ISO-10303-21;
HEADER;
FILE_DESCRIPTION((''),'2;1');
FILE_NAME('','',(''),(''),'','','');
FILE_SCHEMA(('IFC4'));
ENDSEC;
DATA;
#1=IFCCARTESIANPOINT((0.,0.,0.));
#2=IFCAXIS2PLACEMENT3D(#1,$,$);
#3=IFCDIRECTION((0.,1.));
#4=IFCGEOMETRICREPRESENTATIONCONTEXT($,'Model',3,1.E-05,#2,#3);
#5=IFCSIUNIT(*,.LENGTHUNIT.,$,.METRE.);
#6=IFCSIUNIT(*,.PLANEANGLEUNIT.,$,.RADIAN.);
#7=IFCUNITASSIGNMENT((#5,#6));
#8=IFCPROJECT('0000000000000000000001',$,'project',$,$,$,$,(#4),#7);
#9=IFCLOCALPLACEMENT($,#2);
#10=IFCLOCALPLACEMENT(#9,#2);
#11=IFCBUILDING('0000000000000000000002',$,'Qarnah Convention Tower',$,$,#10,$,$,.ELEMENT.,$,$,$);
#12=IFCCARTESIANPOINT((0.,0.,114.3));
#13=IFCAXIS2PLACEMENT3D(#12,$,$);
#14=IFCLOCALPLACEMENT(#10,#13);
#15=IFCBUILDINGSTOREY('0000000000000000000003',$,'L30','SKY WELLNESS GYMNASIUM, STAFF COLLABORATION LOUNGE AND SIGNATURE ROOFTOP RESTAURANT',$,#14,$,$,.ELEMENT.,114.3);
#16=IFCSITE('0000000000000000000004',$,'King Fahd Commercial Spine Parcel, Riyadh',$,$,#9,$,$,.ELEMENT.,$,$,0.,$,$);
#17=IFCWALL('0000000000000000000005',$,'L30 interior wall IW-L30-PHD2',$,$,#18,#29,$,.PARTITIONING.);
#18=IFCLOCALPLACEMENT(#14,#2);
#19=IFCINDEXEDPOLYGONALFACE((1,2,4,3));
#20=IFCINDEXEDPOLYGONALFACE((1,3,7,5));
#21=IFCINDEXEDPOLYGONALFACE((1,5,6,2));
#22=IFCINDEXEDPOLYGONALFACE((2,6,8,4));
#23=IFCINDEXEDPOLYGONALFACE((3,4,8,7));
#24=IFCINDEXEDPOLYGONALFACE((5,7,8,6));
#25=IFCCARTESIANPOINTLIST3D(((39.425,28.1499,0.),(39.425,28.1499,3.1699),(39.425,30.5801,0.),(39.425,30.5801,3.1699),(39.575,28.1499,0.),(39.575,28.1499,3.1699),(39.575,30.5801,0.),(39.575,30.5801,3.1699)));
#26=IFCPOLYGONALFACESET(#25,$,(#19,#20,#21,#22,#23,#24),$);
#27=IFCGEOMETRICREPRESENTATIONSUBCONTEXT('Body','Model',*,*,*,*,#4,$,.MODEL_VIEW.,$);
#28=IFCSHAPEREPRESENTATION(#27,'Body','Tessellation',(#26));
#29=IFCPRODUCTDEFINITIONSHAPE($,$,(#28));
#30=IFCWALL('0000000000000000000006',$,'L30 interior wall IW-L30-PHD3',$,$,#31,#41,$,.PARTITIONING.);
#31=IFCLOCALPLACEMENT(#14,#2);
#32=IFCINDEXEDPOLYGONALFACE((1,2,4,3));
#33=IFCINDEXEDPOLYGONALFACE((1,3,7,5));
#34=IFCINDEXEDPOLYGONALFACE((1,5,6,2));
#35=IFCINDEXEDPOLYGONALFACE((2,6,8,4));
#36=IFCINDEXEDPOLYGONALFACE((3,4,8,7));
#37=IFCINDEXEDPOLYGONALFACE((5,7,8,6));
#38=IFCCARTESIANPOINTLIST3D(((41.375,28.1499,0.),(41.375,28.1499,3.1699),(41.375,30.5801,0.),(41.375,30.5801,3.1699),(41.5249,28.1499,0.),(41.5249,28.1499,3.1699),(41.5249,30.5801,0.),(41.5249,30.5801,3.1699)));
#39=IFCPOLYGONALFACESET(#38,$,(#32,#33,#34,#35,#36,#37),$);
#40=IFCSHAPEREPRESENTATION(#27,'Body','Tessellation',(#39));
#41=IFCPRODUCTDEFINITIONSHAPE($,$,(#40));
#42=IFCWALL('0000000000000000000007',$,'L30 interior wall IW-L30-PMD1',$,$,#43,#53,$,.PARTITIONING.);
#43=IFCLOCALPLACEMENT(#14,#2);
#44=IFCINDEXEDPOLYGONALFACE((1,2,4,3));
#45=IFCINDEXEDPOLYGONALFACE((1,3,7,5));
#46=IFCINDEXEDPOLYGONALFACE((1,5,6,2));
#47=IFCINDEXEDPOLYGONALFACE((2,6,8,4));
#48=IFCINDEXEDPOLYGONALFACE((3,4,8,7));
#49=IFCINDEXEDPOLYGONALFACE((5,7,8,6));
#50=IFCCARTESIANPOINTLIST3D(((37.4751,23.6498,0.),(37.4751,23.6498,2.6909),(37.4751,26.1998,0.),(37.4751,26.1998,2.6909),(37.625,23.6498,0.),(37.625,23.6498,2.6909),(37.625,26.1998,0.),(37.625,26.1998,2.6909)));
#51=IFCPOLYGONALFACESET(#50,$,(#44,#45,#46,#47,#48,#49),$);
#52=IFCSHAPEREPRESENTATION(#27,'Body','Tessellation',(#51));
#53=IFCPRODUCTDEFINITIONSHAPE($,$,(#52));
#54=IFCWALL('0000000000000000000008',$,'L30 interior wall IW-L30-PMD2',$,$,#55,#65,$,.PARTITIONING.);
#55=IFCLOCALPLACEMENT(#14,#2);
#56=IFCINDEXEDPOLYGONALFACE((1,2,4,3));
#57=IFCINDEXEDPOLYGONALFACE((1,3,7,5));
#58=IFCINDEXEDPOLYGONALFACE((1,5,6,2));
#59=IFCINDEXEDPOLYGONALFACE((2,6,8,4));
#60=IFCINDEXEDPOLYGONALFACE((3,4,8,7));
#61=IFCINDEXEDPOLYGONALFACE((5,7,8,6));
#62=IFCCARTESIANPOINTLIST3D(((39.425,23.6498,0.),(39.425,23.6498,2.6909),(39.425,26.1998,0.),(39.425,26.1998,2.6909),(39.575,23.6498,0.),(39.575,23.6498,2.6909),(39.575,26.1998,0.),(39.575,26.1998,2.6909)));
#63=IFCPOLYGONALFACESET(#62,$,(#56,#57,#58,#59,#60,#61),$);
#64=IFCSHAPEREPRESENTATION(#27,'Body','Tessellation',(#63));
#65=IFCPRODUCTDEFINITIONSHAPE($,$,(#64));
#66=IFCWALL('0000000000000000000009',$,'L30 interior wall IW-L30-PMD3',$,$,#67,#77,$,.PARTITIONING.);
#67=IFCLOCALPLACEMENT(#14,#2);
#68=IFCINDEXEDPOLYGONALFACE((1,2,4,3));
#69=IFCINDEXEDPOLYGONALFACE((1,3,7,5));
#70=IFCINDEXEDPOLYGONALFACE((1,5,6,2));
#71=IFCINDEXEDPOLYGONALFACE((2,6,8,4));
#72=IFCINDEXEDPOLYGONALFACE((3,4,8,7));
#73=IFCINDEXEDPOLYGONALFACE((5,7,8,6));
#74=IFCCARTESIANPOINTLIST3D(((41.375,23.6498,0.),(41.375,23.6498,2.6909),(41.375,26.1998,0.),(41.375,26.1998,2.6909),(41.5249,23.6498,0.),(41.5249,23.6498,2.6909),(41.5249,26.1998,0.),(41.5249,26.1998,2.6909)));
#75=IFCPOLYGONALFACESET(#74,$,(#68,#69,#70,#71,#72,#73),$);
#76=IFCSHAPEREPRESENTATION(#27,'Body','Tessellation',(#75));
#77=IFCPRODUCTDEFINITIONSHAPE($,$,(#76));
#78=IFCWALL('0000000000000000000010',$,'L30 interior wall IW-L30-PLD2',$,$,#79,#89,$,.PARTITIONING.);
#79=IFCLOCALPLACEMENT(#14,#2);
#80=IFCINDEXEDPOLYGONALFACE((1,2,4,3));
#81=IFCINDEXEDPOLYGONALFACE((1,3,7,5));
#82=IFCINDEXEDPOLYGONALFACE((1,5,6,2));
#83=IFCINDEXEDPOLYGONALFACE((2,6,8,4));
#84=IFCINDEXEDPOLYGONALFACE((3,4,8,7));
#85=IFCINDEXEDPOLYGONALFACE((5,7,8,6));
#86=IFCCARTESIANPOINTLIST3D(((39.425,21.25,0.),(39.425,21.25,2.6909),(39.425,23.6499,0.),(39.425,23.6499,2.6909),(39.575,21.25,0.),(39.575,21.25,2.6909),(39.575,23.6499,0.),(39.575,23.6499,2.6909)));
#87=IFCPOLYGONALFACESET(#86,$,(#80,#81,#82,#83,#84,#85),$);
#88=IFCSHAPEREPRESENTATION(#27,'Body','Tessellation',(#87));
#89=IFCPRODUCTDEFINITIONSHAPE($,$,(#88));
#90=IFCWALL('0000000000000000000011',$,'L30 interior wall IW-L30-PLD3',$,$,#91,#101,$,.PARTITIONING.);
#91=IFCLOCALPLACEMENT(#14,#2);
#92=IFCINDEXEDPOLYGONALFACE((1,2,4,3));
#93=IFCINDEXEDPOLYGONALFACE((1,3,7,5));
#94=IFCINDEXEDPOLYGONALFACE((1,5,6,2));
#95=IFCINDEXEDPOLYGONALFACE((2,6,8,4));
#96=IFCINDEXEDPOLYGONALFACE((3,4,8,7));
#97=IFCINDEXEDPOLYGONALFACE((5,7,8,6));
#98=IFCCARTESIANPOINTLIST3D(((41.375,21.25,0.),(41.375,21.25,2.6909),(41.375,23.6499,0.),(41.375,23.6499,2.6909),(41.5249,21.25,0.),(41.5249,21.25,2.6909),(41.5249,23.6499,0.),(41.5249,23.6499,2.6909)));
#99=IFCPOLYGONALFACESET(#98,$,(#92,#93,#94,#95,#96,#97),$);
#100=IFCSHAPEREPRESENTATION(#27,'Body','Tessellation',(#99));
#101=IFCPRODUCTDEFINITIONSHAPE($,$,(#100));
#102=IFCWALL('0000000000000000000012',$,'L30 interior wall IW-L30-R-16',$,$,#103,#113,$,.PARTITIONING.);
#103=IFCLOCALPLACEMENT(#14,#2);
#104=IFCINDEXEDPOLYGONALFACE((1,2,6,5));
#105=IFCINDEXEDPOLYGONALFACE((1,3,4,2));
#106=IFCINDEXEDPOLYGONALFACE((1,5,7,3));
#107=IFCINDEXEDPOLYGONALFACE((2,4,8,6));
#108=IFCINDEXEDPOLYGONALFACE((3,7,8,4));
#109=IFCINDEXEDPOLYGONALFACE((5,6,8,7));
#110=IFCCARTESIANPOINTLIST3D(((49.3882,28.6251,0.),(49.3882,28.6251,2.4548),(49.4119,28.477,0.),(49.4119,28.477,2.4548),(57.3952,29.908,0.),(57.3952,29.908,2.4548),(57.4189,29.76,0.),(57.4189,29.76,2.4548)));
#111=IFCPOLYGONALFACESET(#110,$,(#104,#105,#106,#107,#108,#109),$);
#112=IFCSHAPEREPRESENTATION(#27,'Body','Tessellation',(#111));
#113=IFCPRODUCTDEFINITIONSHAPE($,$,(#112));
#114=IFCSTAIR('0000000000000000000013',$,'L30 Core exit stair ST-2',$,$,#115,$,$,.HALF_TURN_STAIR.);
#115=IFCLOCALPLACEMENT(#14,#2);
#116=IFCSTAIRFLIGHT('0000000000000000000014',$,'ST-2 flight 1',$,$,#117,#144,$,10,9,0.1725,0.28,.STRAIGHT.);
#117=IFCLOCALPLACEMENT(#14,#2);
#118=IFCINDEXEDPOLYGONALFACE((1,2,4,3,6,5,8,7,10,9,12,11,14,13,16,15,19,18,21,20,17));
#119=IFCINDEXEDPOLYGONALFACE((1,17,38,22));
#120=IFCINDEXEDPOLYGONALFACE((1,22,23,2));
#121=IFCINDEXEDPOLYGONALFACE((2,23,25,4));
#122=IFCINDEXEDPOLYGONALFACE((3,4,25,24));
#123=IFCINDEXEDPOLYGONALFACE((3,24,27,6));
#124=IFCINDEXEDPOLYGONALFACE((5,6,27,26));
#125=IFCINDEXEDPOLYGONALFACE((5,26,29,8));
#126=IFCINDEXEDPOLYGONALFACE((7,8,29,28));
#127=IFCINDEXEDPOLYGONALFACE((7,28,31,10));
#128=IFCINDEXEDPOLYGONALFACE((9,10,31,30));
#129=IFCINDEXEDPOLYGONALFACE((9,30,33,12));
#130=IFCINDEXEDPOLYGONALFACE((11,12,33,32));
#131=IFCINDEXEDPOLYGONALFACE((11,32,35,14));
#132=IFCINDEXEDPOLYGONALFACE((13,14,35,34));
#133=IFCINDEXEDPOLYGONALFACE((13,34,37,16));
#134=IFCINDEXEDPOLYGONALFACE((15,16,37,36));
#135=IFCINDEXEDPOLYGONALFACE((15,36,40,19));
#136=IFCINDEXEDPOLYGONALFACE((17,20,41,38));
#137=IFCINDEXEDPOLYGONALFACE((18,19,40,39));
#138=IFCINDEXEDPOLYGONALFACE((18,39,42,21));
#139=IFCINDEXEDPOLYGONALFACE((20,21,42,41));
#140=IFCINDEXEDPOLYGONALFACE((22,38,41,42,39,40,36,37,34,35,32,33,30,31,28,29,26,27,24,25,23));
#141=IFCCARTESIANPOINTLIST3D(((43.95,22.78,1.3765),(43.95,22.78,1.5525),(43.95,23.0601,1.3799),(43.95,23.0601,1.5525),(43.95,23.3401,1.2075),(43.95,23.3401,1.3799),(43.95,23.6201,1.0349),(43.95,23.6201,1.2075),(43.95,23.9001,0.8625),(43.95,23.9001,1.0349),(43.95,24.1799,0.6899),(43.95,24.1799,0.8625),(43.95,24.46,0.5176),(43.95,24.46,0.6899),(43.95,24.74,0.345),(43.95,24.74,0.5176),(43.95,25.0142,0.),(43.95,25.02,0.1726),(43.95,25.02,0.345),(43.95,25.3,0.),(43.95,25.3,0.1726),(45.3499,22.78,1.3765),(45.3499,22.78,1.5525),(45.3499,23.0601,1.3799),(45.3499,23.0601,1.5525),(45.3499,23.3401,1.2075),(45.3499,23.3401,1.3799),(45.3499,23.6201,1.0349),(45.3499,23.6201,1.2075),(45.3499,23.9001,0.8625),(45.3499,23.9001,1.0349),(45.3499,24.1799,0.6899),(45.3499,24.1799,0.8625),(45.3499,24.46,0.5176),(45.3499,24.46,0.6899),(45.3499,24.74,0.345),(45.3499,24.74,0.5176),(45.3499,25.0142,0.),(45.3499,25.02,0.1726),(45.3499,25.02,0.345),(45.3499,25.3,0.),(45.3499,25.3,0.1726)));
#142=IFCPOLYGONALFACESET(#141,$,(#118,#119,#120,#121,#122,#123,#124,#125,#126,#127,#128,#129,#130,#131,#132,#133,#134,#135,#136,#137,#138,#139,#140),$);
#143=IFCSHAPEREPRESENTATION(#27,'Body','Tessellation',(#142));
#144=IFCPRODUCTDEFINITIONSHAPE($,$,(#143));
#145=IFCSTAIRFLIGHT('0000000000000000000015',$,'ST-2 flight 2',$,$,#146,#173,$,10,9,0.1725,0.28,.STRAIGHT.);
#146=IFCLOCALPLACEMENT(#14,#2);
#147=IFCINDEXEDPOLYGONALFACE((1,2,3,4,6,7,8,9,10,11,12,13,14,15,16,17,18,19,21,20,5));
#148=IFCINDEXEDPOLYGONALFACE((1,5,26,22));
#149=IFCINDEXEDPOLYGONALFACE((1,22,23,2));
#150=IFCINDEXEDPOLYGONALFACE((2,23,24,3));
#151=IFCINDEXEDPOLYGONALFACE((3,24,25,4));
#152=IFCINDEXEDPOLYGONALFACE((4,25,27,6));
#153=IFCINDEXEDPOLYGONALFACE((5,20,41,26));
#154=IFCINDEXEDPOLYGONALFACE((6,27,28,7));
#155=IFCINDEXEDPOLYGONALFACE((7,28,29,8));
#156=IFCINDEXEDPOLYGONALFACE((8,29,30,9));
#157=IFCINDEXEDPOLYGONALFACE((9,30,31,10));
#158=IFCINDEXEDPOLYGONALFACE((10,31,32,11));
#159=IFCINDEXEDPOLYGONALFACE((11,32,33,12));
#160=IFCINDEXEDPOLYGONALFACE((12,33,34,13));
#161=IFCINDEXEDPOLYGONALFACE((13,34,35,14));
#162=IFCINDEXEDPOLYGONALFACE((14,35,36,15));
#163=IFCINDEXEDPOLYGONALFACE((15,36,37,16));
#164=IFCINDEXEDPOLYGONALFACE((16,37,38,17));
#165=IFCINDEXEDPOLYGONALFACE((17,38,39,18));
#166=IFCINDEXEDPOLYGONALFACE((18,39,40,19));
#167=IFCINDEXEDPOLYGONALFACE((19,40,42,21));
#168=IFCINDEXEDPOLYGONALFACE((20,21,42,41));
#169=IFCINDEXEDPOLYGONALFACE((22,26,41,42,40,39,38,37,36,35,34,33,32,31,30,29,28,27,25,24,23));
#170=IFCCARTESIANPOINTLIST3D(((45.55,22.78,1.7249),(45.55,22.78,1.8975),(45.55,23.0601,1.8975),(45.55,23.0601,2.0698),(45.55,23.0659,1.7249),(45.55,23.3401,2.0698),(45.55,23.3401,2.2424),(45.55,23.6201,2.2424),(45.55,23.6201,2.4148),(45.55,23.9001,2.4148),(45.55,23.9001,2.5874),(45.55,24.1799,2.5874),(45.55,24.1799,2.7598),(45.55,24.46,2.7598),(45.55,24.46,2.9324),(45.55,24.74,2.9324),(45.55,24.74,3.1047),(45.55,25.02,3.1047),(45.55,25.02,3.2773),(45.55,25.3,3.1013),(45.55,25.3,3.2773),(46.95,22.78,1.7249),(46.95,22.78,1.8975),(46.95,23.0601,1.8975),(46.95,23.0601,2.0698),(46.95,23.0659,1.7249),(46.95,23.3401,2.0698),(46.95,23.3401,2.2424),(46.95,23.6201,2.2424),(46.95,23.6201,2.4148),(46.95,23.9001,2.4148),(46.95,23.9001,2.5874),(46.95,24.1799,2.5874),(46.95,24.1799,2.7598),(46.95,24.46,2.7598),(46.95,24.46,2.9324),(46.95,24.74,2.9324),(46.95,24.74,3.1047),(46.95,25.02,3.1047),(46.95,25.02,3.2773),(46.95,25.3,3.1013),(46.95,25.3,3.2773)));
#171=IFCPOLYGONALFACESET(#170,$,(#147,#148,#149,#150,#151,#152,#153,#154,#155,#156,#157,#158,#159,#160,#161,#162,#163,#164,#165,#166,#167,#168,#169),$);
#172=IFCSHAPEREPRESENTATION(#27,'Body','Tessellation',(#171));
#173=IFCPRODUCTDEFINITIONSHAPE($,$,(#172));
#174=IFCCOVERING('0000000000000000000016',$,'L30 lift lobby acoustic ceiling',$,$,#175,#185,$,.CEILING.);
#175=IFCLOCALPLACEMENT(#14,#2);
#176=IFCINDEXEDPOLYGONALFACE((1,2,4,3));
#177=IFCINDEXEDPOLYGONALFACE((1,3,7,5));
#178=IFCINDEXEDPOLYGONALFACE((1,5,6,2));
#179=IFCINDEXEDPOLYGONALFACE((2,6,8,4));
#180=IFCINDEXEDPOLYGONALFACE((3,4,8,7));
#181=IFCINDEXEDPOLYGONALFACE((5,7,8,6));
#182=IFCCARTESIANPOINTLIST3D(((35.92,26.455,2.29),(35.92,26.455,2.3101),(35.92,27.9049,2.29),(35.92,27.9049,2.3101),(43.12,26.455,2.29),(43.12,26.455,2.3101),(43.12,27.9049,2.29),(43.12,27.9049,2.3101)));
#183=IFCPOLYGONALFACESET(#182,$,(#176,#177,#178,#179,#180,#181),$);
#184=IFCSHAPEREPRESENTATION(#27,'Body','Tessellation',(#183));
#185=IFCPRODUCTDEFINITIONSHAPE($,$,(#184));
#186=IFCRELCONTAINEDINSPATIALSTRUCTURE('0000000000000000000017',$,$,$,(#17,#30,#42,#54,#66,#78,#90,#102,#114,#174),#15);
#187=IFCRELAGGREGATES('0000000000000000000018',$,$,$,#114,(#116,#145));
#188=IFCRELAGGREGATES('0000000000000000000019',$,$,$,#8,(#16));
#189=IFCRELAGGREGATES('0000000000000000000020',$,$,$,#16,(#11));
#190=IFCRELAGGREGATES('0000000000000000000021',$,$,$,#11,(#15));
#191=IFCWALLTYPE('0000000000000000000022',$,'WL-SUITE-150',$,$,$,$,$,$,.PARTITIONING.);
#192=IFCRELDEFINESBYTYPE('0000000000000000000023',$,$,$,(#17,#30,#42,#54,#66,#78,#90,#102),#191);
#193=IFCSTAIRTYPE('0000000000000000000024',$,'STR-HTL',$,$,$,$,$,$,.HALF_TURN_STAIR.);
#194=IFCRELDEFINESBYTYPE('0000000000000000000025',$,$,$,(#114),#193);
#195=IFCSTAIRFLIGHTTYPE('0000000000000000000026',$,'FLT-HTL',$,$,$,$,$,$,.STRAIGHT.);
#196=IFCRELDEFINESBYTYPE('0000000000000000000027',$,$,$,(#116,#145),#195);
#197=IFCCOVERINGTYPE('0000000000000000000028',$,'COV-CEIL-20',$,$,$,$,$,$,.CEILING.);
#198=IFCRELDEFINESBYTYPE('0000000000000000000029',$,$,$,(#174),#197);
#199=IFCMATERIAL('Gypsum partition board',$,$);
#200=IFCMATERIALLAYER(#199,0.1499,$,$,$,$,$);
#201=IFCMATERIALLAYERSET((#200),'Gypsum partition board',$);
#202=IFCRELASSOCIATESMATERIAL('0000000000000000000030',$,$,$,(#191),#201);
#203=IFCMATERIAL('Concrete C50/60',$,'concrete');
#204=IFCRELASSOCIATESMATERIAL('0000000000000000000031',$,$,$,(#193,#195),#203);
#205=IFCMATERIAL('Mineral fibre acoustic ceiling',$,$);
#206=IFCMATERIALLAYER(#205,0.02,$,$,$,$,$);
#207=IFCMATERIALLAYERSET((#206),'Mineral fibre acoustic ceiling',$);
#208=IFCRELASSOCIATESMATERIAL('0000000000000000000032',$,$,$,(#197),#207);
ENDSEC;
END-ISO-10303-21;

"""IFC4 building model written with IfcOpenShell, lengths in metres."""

from ifc_helpers import new_model, si_unit, direction, frame, frame_2d, origin, origin_2d, place, context, subcontext, project, spatial, polyline, rectangle, outline, extrude, material, layer, layer_set, type_object, element, aggregate, save


model = new_model("IFC4")

# Units and contexts
model_context = context("Model", 3, precision=1e-05, world=origin(), true_north=direction((0.0, 1.0)))
body_context = subcontext(model_context, "Body", "Model", "MODEL_VIEW")
ifc_project = project(units=[si_unit("LENGTHUNIT", "METRE"), si_unit("PLANEANGLEUNIT", "RADIAN")], contexts=[model_context])

# Site, building, storey
site_placement = place(None, origin())
site = spatial("IfcSite", under=ifc_project, at=site_placement, Name="King Fahd Commercial Spine Parcel, Riyadh", CompositionType="ELEMENT", RefElevation=0.0)
building_placement = place(site_placement, origin())
building = spatial("IfcBuilding", under=site, at=building_placement, Name="Qarnah Convention Tower", CompositionType="ELEMENT")
storey_placement = place(building_placement, frame((0.0, 0.0, 114.3)))
storey = spatial("IfcBuildingStorey", under=building, at=storey_placement, Name="L30", Description="SKY WELLNESS GYMNASIUM, STAFF COLLABORATION LOUNGE AND SIGNATURE ROOFTOP RESTAURANT", CompositionType="ELEMENT", Elevation=114.3)

# Walls
ifc_material_1 = material(Name="Gypsum partition board")
ifc_layer_1 = layer(ifc_material_1, 0.1499)
ifc_layer_set_1 = layer_set([ifc_layer_1], Name="Gypsum partition board")
wall_type_1 = type_object("IfcWallType", Name="WL-SUITE-150", PredefinedType="PARTITIONING", material=ifc_layer_set_1)
for number, where, z_axis, x_axis, name in (
    (1, (39.5, 28.1499, 0.0), (0.0, 0.0, 1.0), (0.0, 1.0, 0.0), "L30 interior wall IW-L30-PHD2"),
    (2, (41.45, 28.1499, 0.0), (0.0, 0.0, 1.0), (0.0, 1.0, 0.0), "L30 interior wall IW-L30-PHD3"),
):
    element("IfcWall", number, at=place(storey_placement, frame(where, z_axis=z_axis, x_axis=x_axis)), inside=storey, type_object=wall_type_1, Name=name, PredefinedType="PARTITIONING", context=body_context, shape_type="SweptSolid", body=[
        extrude(rectangle(XDim=2.4302, YDim=0.1499, at=frame_2d((1.2151, 0.0))), origin(), (0.0, 0.0, 1.0), 3.1699),
    ])
for number, where, z_axis, x_axis, name in (
    (3, (37.55, 23.6499, 0.0), (0.0, 0.0, 1.0), (0.0, 1.0, 0.0), "L30 interior wall IW-L30-PMD1"),
    (4, (39.5, 23.6499, 0.0), (0.0, 0.0, 1.0), (0.0, 1.0, 0.0), "L30 interior wall IW-L30-PMD2"),
    (5, (41.45, 23.6499, 0.0), (0.0, 0.0, 1.0), (0.0, 1.0, 0.0), "L30 interior wall IW-L30-PMD3"),
):
    element("IfcWall", number, at=place(storey_placement, frame(where, z_axis=z_axis, x_axis=x_axis)), inside=storey, type_object=wall_type_1, Name=name, PredefinedType="PARTITIONING", context=body_context, shape_type="SweptSolid", body=[
        extrude(rectangle(XDim=2.55, YDim=0.1499, at=frame_2d((1.2749, 0.0))), origin(), (0.0, 0.0, 1.0), 2.6909),
    ])
for number, where, z_axis, x_axis, name in (
    (6, (39.5, 21.25, 0.0), (0.0, 0.0, 1.0), (0.0, 1.0, 0.0), "L30 interior wall IW-L30-PLD2"),
    (7, (41.45, 21.25, 0.0), (0.0, 0.0, 1.0), (0.0, 1.0, 0.0), "L30 interior wall IW-L30-PLD3"),
):
    element("IfcWall", number, at=place(storey_placement, frame(where, z_axis=z_axis, x_axis=x_axis)), inside=storey, type_object=wall_type_1, Name=name, PredefinedType="PARTITIONING", context=body_context, shape_type="SweptSolid", body=[
        extrude(rectangle(XDim=2.3999, YDim=0.1499, at=frame_2d((1.2, 0.0))), origin(), (0.0, 0.0, 1.0), 2.6909),
    ])
wall_1_placement = place(storey_placement, frame((49.3999, 28.551, 0.0), z_axis=(0.0, 0.0, 1.0), x_axis=(0.987405, 0.15821, 0.0)))
element("IfcWall", 8, at=wall_1_placement, inside=storey, type_object=wall_type_1, Name="L30 interior wall IW-L30-R-16", PredefinedType="PARTITIONING", context=body_context, shape_type="SweptSolid", body=[
    extrude(rectangle(XDim=8.1091, YDim=0.1499, at=frame_2d((4.0547, 0.0))), origin(), (0.0, 0.0, 1.0), 2.4548),
])

# Stair, stair flights
ifc_material_2 = material(Name="Concrete C50/60", Category="concrete")
stair_type = type_object("IfcStairType", Name="STR-HTL", PredefinedType="HALF_TURN_STAIR", material=ifc_material_2)
stair_placement = place(storey_placement, origin())
stair = element("IfcStair", 9, at=stair_placement, inside=storey, type_object=stair_type, Name="L30 Core exit stair ST-2", PredefinedType="HALF_TURN_STAIR")
stair_flight_type = type_object("IfcStairFlightType", Name="FLT-HTL", PredefinedType="STRAIGHT", material=ifc_material_2)
stair_flight_1_placement = place(storey_placement, frame((44.6499, 25.3, 0.0), z_axis=(0.0, 0.0, 1.0), x_axis=(0.0, -1.0, 0.0)))
stair_flight_1 = element("IfcStairFlight", 10, at=stair_flight_1_placement, type_object=stair_flight_type, Name="ST-2 flight 1", NumberOfRisers=10, NumberOfTreads=9, PredefinedType="STRAIGHT", RiserHeight=0.1725, TreadLength=0.28, context=body_context, shape_type="SweptSolid", body=[
    extrude(outline(polyline([(0.0, 0.0), (0.0, 0.1726), (0.28, 0.1726), (0.28, 0.345), (0.5601, 0.345), (0.5601, 0.5176), (0.8401, 0.5176), (0.8401, 0.6899), (1.1201, 0.6899), (1.1201, 0.8625), (1.3999, 0.8625), (1.3999, 1.0349), (1.6799, 1.0349), (1.6799, 1.2075), (1.96, 1.2075), (1.96, 1.3799), (2.24, 1.3799), (2.24, 1.5525), (2.52, 1.5525), (2.52, 1.7251), (2.52, 1.3765), (0.2859, 0.0), (0.0, 0.0)])), frame((0.0, 0.7, 0.0), z_axis=(0.0, -1.0, 0.0), x_axis=(1.0, 0.0, 0.0)), (0.0, 0.0, 1.0), 1.3999),
])
stair_flight_2_placement = place(storey_placement, frame((46.25, 22.78, 1.7249), z_axis=(0.0, 0.0, 1.0), x_axis=(0.0, 1.0, 0.0)))
stair_flight_2 = element("IfcStairFlight", 11, at=stair_flight_2_placement, type_object=stair_flight_type, Name="ST-2 flight 2", NumberOfRisers=10, NumberOfTreads=9, PredefinedType="STRAIGHT", RiserHeight=0.1725, TreadLength=0.28, context=body_context, shape_type="SweptSolid", body=[
    extrude(outline(polyline([(0.0, 0.0), (0.0, 0.1726), (0.28, 0.1726), (0.28, 0.345), (0.5601, 0.345), (0.5601, 0.5176), (0.8401, 0.5176), (0.8401, 0.6899), (1.1201, 0.6899), (1.1201, 0.8625), (1.3999, 0.8625), (1.3999, 1.0349), (1.6799, 1.0349), (1.6799, 1.2075), (1.96, 1.2075), (1.96, 1.3799), (2.24, 1.3799), (2.24, 1.5525), (2.52, 1.5525), (2.52, 1.7251), (2.52, 1.3765), (0.2859, 0.0), (0.0, 0.0)])), frame((0.0, 0.7, 0.0), z_axis=(0.0, -1.0, 0.0), x_axis=(1.0, 0.0, 0.0)), (0.0, 0.0, 1.0), 1.3999),
])
aggregate(stair, [stair_flight_1, stair_flight_2])

# Covering
ifc_material_3 = material(Name="Mineral fibre acoustic ceiling")
ifc_layer_2 = layer(ifc_material_3, 0.02)
ifc_layer_set_2 = layer_set([ifc_layer_2], Name="Mineral fibre acoustic ceiling")
covering_type = type_object("IfcCoveringType", Name="COV-CEIL-20", PredefinedType="CEILING", material=ifc_layer_set_2)
covering_placement = place(storey_placement, frame((39.52, 27.1799, 2.29), z_axis=(0.0, 0.0, 1.0), x_axis=(1.0, 0.0, 0.0)))
element("IfcCovering", 12, at=covering_placement, inside=storey, type_object=covering_type, Name="L30 lift lobby acoustic ceiling", PredefinedType="CEILING", context=body_context, shape_type="SweptSolid", body=[
    extrude(rectangle(XDim=7.2, YDim=1.45, at=origin_2d()), origin(), (0.0, 0.0, 1.0), 0.02),
])

save(model, "model.ifc")
